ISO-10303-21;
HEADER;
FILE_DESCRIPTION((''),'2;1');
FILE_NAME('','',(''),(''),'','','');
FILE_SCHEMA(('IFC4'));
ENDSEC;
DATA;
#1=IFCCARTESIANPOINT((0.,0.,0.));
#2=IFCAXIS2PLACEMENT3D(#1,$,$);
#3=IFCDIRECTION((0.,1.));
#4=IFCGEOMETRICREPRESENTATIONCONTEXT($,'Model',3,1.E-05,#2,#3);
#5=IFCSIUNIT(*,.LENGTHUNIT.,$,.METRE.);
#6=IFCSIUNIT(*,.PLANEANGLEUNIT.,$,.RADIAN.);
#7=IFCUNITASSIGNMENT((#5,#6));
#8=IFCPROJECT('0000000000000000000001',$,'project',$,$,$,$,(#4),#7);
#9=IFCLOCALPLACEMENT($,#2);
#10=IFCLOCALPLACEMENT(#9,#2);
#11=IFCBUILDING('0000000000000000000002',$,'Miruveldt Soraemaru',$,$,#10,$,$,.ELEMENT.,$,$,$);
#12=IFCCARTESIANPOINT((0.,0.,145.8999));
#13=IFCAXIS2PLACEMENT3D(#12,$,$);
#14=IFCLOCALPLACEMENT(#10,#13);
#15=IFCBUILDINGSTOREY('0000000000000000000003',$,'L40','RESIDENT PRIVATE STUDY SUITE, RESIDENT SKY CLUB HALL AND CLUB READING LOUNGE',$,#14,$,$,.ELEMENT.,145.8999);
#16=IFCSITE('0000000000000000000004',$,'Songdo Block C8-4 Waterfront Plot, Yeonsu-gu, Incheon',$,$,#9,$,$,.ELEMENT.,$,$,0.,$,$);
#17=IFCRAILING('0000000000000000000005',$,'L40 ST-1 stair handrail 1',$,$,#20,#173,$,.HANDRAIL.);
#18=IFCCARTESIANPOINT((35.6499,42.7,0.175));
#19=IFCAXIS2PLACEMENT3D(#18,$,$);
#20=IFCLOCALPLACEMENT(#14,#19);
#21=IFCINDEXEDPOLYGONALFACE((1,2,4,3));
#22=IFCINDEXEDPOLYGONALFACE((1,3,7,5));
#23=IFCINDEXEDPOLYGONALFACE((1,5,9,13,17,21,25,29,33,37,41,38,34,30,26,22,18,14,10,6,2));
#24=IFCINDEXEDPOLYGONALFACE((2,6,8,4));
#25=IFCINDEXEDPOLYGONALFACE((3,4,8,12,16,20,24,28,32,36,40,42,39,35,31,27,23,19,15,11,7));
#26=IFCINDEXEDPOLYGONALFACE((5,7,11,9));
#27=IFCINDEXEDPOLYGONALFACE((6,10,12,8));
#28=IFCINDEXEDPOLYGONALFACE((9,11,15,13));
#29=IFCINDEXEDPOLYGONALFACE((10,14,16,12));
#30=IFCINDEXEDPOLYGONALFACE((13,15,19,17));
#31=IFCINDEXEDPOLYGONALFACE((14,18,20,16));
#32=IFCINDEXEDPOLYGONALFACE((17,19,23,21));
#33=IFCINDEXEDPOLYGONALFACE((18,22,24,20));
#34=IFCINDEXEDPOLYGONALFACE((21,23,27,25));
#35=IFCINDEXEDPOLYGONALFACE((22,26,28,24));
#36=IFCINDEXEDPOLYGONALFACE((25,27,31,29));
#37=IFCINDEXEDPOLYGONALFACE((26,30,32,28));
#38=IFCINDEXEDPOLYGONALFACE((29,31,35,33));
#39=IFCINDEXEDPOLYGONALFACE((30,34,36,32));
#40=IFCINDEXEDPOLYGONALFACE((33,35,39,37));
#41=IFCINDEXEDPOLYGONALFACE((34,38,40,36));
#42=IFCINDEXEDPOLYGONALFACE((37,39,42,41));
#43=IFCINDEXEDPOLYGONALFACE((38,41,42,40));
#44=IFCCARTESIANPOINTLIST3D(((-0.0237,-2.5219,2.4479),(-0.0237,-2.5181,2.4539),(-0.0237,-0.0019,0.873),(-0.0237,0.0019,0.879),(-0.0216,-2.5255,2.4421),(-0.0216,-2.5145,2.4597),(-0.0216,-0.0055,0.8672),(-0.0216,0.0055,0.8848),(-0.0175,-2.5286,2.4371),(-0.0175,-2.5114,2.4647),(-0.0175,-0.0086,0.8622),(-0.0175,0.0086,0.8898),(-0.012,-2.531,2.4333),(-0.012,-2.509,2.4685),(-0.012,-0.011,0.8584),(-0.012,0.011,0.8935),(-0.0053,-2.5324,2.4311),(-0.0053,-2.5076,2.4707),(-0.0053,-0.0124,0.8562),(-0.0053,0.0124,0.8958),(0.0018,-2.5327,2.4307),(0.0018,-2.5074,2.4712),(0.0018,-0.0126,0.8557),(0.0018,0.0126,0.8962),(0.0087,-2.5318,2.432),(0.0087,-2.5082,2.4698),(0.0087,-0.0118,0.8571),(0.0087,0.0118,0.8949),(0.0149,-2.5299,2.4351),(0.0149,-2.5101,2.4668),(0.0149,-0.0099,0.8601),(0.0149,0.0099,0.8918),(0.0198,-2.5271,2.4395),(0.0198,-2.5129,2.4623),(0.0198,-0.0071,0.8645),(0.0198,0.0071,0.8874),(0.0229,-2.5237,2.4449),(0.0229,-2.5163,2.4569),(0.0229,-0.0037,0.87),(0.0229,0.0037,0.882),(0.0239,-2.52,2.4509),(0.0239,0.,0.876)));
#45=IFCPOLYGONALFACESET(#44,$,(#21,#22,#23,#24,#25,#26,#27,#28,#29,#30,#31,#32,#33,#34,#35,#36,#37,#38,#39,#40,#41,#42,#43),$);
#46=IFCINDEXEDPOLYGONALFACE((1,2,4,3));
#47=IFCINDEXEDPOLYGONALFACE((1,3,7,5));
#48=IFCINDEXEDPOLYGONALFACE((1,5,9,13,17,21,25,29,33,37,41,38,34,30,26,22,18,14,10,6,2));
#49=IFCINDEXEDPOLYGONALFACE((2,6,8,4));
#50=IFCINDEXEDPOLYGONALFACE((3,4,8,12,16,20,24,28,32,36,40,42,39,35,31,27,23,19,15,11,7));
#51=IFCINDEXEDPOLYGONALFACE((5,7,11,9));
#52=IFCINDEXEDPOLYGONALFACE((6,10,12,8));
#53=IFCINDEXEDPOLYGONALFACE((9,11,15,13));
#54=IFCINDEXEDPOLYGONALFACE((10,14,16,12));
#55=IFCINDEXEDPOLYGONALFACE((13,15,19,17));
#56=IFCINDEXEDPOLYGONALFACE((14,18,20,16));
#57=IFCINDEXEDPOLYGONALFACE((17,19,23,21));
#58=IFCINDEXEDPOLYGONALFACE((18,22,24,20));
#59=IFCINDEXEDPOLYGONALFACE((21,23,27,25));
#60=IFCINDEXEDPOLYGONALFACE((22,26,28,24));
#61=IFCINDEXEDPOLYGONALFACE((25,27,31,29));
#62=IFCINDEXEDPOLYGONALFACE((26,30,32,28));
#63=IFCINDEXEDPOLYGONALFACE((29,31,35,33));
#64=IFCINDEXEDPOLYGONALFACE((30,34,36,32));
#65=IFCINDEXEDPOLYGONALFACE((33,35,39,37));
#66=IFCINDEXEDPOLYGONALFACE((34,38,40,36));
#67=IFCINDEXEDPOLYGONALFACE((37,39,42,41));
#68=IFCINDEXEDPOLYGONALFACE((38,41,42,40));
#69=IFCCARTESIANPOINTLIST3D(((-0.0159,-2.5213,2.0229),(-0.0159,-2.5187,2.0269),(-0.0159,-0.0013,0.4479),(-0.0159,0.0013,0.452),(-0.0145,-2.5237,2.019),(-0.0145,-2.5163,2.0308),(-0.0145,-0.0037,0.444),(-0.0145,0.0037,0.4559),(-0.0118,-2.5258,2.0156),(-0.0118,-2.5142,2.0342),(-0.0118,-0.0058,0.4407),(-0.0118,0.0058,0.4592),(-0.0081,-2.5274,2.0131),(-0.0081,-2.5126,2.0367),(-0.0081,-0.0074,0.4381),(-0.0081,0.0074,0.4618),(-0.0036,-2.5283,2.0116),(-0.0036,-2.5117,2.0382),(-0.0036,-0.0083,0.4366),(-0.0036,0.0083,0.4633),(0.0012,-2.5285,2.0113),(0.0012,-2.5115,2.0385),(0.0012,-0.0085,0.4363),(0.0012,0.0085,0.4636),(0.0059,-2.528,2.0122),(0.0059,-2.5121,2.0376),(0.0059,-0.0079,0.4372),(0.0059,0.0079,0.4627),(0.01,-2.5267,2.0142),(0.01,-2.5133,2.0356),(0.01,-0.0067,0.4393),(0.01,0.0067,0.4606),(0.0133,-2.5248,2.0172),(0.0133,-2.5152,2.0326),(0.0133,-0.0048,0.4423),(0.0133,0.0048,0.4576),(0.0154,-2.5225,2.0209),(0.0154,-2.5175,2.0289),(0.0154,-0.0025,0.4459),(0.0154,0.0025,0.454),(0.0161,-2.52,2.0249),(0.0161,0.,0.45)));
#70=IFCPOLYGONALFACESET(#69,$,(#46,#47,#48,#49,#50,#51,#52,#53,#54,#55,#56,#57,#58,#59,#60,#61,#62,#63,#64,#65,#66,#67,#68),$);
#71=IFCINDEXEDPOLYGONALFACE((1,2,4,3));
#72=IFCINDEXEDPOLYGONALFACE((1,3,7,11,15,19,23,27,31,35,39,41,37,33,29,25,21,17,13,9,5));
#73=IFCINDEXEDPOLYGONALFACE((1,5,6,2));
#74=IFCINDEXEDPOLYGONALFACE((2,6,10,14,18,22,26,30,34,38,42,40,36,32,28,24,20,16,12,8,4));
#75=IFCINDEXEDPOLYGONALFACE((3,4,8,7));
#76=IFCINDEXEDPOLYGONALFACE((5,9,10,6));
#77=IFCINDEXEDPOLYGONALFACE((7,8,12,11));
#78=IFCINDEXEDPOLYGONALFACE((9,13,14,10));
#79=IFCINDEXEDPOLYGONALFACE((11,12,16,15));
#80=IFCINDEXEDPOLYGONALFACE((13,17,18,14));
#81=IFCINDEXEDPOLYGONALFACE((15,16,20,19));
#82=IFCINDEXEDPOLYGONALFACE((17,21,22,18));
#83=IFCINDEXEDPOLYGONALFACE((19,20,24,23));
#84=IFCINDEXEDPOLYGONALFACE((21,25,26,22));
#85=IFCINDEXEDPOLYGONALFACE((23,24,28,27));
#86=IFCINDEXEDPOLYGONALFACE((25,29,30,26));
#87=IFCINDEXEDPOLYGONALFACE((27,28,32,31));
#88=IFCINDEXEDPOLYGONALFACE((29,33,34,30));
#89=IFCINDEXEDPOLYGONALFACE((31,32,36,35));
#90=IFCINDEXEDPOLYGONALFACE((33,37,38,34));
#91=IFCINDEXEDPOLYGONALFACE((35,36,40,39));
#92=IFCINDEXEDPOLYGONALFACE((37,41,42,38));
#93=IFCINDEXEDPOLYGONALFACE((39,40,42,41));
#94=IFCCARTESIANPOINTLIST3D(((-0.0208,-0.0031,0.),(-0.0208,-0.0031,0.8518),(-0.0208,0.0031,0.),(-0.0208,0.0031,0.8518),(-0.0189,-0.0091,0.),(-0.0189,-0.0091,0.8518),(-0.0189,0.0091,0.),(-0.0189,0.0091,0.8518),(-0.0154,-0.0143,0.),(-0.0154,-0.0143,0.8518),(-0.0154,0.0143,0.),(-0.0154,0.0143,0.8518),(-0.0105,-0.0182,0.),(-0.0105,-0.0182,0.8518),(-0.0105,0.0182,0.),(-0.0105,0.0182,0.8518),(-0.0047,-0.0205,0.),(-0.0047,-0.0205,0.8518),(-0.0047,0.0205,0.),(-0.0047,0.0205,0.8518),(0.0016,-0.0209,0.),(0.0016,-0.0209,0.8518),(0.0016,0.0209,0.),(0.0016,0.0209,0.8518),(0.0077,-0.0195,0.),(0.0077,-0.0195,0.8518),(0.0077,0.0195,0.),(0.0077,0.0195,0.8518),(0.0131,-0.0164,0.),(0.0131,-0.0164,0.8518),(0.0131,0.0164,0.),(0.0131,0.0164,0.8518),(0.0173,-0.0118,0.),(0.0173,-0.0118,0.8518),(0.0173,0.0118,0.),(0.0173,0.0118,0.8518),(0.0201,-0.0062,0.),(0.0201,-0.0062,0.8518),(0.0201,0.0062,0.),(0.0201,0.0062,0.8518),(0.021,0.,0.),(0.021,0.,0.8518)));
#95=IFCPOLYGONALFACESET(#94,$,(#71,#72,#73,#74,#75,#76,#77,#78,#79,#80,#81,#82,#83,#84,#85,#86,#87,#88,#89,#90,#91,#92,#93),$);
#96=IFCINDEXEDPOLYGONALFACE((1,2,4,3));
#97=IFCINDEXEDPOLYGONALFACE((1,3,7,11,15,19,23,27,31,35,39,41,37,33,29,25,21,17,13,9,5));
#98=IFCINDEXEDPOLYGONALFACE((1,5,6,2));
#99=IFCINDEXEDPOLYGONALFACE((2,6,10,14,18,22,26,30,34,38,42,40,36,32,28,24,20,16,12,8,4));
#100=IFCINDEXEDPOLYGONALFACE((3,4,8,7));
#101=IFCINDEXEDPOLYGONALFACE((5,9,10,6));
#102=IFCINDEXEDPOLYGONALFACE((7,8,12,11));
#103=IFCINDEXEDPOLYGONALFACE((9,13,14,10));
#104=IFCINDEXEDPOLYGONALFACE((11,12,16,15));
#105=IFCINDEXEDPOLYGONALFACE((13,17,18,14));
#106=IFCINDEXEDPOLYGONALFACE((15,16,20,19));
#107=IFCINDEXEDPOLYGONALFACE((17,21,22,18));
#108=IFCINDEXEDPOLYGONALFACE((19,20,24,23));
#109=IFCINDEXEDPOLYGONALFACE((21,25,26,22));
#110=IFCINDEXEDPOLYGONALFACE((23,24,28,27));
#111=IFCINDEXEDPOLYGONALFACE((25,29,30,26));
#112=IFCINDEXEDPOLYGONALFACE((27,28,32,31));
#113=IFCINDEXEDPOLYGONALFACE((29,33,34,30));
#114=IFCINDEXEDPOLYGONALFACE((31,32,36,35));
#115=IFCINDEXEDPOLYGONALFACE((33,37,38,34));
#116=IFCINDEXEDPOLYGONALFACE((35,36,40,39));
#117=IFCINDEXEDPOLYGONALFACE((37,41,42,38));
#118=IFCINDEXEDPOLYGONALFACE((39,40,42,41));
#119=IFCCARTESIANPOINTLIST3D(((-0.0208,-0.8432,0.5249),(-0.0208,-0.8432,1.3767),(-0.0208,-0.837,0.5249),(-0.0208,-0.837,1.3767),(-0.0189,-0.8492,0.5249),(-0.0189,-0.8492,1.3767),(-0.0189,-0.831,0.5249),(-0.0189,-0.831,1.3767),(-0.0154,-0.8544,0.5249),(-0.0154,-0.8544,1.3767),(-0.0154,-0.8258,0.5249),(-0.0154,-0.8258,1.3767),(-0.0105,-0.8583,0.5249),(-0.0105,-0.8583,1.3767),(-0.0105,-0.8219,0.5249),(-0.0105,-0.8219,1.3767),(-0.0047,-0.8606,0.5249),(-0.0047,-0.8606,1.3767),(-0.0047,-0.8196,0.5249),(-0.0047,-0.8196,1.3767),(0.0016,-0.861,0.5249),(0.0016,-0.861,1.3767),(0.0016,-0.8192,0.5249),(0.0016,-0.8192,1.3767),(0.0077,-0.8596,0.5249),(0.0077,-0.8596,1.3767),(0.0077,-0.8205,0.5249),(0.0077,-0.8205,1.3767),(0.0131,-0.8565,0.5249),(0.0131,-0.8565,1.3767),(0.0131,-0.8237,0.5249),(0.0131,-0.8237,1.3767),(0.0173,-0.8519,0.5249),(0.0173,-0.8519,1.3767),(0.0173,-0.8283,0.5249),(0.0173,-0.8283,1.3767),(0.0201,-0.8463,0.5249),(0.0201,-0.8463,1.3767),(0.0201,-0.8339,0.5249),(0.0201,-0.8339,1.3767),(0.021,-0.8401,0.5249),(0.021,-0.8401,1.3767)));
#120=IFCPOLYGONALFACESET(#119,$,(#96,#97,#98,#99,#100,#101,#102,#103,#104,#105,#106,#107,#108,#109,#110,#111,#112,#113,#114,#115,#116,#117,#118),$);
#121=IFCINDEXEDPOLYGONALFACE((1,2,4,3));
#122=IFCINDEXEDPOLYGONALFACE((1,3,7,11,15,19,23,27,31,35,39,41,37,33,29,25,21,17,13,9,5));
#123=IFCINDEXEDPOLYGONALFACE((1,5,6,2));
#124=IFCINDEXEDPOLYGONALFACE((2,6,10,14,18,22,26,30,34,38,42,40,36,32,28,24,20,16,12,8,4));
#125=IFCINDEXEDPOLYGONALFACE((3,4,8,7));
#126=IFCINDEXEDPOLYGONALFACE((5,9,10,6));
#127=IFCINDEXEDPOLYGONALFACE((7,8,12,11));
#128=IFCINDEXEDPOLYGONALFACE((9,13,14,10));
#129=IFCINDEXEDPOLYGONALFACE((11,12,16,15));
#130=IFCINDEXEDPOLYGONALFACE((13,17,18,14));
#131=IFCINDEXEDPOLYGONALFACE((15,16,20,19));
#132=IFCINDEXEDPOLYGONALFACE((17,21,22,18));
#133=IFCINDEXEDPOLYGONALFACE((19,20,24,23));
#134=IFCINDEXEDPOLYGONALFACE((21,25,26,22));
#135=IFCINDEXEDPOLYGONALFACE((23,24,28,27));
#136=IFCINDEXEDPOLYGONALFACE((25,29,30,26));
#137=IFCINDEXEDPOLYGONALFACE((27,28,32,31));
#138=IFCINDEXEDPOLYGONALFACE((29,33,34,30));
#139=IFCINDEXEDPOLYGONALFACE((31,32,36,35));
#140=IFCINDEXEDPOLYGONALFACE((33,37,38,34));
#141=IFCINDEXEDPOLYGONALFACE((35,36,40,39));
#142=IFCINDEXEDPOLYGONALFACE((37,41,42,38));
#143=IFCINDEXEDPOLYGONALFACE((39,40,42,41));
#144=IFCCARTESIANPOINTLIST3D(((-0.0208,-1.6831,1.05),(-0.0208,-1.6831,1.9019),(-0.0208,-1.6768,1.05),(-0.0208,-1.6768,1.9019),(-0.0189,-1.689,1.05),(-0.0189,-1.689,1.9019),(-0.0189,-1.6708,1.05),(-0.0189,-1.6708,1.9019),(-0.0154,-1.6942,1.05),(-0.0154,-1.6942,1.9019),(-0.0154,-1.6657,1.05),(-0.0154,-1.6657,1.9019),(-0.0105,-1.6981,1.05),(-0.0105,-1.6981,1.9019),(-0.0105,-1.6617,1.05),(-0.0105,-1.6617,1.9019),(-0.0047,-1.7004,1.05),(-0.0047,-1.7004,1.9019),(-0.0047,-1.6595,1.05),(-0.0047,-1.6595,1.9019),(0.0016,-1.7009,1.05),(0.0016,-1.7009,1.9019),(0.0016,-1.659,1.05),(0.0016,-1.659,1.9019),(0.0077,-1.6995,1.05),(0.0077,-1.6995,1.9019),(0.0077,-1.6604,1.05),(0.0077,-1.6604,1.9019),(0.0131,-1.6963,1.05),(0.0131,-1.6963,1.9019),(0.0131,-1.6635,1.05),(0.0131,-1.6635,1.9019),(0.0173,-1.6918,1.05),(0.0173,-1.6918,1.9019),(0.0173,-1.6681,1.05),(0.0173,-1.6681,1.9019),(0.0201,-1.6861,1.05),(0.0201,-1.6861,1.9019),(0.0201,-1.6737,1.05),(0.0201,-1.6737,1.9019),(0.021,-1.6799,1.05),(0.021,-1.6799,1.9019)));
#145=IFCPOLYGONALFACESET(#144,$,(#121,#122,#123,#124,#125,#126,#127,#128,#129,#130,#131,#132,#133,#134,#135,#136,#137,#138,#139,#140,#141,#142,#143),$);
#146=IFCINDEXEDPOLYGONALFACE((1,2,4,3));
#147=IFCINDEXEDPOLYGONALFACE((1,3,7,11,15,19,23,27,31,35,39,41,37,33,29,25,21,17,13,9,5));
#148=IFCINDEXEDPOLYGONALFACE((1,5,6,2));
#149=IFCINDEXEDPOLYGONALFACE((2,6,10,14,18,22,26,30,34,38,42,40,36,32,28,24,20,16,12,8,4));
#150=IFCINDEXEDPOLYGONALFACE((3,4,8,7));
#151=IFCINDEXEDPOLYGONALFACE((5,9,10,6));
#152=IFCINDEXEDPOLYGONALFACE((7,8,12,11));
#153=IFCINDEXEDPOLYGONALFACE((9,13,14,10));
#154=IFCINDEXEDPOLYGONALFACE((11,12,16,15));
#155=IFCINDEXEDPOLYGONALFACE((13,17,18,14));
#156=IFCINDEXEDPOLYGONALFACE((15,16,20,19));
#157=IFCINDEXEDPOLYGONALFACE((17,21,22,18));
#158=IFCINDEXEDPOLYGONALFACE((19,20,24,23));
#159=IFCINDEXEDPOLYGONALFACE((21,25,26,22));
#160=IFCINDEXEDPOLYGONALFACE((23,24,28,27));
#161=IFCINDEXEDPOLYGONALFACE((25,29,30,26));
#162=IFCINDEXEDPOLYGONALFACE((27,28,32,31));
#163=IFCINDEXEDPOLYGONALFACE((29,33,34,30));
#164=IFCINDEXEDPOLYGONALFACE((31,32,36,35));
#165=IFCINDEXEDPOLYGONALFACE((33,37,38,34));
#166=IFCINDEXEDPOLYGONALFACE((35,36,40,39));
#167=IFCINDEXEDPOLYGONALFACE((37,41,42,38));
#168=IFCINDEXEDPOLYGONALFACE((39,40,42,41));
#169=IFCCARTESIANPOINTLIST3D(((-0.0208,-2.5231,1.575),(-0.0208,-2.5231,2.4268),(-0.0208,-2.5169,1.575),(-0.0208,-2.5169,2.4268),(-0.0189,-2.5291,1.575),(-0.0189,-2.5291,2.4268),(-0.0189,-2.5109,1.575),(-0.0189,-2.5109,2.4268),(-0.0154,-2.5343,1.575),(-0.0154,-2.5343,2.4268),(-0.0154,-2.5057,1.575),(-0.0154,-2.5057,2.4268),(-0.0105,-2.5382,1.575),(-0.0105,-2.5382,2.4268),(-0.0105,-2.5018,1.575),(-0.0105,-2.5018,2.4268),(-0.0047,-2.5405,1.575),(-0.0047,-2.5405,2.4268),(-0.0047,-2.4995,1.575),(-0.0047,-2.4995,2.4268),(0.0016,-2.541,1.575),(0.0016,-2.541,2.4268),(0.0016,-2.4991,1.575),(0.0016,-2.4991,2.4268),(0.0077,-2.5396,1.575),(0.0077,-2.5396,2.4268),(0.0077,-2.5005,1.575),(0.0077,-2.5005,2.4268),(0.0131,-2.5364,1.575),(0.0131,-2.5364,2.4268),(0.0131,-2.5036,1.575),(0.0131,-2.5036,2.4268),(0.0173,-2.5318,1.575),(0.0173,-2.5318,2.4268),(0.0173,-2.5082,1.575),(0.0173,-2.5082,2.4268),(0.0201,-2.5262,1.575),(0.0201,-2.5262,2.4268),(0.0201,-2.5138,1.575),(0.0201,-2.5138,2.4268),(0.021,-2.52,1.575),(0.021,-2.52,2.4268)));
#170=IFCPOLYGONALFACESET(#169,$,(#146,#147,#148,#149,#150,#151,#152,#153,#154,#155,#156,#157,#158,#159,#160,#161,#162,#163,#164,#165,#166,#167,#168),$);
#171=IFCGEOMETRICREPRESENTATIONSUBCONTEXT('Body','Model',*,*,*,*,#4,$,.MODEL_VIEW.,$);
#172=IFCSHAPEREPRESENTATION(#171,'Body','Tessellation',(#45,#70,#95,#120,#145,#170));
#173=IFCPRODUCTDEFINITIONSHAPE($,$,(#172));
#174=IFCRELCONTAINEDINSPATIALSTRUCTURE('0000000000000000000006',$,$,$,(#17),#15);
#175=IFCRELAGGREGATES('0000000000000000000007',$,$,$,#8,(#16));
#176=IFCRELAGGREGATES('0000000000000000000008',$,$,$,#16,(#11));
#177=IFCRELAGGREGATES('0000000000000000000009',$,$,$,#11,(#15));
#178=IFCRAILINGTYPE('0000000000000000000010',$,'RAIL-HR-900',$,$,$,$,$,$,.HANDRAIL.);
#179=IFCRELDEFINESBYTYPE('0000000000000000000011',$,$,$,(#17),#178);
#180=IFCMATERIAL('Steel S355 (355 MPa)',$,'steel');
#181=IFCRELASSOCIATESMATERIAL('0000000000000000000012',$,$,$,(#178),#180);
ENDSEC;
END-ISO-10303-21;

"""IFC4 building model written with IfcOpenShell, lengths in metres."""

from ifc_helpers import new_model, si_unit, direction, frame, origin, origin_2d, place, context, subcontext, project, spatial, circle, extrude, material, type_object, element, save


model = new_model("IFC4")

# Units and contexts
model_context = context("Model", 3, precision=1e-05, world=origin(), true_north=direction((0.0, 1.0)))
body_context = subcontext(model_context, "Body", "Model", "MODEL_VIEW")
ifc_project = project(units=[si_unit("LENGTHUNIT", "METRE"), si_unit("PLANEANGLEUNIT", "RADIAN")], contexts=[model_context])

# Site, building, storey
site_placement = place(None, origin())
site = spatial("IfcSite", under=ifc_project, at=site_placement, Name="Songdo Block C8-4 Waterfront Plot, Yeonsu-gu, Incheon", CompositionType="ELEMENT", RefElevation=0.0)
building_placement = place(site_placement, origin())
building = spatial("IfcBuilding", under=site, at=building_placement, Name="Miruveldt Soraemaru", CompositionType="ELEMENT")
storey_placement = place(building_placement, frame((0.0, 0.0, 145.8999)))
storey = spatial("IfcBuildingStorey", under=building, at=storey_placement, Name="L40", Description="RESIDENT PRIVATE STUDY SUITE, RESIDENT SKY CLUB HALL AND CLUB READING LOUNGE", CompositionType="ELEMENT", Elevation=145.8999)

# Railing
ifc_material_1 = material(Name="Steel S355 (355 MPa)", Category="steel")
railing_type = type_object("IfcRailingType", Name="RAIL-HR-900", PredefinedType="HANDRAIL", material=ifc_material_1)
railing_placement = place(storey_placement, frame((35.6499, 42.7, 0.175)))
element("IfcRailing", 1, at=railing_placement, inside=storey, type_object=railing_type, Name="L40 ST-1 stair handrail 1", PredefinedType="HANDRAIL", context=body_context, shape_type="SweptSolid", body=[
    extrude(circle(Radius=0.0239, at=origin_2d()), frame((0.0, 0.0, 0.876), z_axis=(0.0, -0.848008, 0.529984), x_axis=(1.0, 0.0, 0.0)), (0.0, 0.0, 1.0), 2.9717),
    extrude(circle(Radius=0.0161, at=origin_2d()), frame((0.0, 0.0, 0.45), z_axis=(0.0, -0.848008, 0.529984), x_axis=(1.0, 0.0, 0.0)), (0.0, 0.0, 1.0), 2.9717),
    extrude(circle(Radius=0.021, at=origin_2d()), origin(), (0.0, 0.0, 1.0), 0.8518),
    extrude(circle(Radius=0.021, at=origin_2d()), frame((0.0, -0.8401, 0.5249)), (0.0, 0.0, 1.0), 0.8518),
    extrude(circle(Radius=0.021, at=origin_2d()), frame((0.0, -1.6799, 1.05)), (0.0, 0.0, 1.0), 0.8518),
    extrude(circle(Radius=0.021, at=origin_2d()), frame((0.0, -2.52, 1.575)), (0.0, 0.0, 1.0), 0.8518),
])

save(model, "model.ifc")
